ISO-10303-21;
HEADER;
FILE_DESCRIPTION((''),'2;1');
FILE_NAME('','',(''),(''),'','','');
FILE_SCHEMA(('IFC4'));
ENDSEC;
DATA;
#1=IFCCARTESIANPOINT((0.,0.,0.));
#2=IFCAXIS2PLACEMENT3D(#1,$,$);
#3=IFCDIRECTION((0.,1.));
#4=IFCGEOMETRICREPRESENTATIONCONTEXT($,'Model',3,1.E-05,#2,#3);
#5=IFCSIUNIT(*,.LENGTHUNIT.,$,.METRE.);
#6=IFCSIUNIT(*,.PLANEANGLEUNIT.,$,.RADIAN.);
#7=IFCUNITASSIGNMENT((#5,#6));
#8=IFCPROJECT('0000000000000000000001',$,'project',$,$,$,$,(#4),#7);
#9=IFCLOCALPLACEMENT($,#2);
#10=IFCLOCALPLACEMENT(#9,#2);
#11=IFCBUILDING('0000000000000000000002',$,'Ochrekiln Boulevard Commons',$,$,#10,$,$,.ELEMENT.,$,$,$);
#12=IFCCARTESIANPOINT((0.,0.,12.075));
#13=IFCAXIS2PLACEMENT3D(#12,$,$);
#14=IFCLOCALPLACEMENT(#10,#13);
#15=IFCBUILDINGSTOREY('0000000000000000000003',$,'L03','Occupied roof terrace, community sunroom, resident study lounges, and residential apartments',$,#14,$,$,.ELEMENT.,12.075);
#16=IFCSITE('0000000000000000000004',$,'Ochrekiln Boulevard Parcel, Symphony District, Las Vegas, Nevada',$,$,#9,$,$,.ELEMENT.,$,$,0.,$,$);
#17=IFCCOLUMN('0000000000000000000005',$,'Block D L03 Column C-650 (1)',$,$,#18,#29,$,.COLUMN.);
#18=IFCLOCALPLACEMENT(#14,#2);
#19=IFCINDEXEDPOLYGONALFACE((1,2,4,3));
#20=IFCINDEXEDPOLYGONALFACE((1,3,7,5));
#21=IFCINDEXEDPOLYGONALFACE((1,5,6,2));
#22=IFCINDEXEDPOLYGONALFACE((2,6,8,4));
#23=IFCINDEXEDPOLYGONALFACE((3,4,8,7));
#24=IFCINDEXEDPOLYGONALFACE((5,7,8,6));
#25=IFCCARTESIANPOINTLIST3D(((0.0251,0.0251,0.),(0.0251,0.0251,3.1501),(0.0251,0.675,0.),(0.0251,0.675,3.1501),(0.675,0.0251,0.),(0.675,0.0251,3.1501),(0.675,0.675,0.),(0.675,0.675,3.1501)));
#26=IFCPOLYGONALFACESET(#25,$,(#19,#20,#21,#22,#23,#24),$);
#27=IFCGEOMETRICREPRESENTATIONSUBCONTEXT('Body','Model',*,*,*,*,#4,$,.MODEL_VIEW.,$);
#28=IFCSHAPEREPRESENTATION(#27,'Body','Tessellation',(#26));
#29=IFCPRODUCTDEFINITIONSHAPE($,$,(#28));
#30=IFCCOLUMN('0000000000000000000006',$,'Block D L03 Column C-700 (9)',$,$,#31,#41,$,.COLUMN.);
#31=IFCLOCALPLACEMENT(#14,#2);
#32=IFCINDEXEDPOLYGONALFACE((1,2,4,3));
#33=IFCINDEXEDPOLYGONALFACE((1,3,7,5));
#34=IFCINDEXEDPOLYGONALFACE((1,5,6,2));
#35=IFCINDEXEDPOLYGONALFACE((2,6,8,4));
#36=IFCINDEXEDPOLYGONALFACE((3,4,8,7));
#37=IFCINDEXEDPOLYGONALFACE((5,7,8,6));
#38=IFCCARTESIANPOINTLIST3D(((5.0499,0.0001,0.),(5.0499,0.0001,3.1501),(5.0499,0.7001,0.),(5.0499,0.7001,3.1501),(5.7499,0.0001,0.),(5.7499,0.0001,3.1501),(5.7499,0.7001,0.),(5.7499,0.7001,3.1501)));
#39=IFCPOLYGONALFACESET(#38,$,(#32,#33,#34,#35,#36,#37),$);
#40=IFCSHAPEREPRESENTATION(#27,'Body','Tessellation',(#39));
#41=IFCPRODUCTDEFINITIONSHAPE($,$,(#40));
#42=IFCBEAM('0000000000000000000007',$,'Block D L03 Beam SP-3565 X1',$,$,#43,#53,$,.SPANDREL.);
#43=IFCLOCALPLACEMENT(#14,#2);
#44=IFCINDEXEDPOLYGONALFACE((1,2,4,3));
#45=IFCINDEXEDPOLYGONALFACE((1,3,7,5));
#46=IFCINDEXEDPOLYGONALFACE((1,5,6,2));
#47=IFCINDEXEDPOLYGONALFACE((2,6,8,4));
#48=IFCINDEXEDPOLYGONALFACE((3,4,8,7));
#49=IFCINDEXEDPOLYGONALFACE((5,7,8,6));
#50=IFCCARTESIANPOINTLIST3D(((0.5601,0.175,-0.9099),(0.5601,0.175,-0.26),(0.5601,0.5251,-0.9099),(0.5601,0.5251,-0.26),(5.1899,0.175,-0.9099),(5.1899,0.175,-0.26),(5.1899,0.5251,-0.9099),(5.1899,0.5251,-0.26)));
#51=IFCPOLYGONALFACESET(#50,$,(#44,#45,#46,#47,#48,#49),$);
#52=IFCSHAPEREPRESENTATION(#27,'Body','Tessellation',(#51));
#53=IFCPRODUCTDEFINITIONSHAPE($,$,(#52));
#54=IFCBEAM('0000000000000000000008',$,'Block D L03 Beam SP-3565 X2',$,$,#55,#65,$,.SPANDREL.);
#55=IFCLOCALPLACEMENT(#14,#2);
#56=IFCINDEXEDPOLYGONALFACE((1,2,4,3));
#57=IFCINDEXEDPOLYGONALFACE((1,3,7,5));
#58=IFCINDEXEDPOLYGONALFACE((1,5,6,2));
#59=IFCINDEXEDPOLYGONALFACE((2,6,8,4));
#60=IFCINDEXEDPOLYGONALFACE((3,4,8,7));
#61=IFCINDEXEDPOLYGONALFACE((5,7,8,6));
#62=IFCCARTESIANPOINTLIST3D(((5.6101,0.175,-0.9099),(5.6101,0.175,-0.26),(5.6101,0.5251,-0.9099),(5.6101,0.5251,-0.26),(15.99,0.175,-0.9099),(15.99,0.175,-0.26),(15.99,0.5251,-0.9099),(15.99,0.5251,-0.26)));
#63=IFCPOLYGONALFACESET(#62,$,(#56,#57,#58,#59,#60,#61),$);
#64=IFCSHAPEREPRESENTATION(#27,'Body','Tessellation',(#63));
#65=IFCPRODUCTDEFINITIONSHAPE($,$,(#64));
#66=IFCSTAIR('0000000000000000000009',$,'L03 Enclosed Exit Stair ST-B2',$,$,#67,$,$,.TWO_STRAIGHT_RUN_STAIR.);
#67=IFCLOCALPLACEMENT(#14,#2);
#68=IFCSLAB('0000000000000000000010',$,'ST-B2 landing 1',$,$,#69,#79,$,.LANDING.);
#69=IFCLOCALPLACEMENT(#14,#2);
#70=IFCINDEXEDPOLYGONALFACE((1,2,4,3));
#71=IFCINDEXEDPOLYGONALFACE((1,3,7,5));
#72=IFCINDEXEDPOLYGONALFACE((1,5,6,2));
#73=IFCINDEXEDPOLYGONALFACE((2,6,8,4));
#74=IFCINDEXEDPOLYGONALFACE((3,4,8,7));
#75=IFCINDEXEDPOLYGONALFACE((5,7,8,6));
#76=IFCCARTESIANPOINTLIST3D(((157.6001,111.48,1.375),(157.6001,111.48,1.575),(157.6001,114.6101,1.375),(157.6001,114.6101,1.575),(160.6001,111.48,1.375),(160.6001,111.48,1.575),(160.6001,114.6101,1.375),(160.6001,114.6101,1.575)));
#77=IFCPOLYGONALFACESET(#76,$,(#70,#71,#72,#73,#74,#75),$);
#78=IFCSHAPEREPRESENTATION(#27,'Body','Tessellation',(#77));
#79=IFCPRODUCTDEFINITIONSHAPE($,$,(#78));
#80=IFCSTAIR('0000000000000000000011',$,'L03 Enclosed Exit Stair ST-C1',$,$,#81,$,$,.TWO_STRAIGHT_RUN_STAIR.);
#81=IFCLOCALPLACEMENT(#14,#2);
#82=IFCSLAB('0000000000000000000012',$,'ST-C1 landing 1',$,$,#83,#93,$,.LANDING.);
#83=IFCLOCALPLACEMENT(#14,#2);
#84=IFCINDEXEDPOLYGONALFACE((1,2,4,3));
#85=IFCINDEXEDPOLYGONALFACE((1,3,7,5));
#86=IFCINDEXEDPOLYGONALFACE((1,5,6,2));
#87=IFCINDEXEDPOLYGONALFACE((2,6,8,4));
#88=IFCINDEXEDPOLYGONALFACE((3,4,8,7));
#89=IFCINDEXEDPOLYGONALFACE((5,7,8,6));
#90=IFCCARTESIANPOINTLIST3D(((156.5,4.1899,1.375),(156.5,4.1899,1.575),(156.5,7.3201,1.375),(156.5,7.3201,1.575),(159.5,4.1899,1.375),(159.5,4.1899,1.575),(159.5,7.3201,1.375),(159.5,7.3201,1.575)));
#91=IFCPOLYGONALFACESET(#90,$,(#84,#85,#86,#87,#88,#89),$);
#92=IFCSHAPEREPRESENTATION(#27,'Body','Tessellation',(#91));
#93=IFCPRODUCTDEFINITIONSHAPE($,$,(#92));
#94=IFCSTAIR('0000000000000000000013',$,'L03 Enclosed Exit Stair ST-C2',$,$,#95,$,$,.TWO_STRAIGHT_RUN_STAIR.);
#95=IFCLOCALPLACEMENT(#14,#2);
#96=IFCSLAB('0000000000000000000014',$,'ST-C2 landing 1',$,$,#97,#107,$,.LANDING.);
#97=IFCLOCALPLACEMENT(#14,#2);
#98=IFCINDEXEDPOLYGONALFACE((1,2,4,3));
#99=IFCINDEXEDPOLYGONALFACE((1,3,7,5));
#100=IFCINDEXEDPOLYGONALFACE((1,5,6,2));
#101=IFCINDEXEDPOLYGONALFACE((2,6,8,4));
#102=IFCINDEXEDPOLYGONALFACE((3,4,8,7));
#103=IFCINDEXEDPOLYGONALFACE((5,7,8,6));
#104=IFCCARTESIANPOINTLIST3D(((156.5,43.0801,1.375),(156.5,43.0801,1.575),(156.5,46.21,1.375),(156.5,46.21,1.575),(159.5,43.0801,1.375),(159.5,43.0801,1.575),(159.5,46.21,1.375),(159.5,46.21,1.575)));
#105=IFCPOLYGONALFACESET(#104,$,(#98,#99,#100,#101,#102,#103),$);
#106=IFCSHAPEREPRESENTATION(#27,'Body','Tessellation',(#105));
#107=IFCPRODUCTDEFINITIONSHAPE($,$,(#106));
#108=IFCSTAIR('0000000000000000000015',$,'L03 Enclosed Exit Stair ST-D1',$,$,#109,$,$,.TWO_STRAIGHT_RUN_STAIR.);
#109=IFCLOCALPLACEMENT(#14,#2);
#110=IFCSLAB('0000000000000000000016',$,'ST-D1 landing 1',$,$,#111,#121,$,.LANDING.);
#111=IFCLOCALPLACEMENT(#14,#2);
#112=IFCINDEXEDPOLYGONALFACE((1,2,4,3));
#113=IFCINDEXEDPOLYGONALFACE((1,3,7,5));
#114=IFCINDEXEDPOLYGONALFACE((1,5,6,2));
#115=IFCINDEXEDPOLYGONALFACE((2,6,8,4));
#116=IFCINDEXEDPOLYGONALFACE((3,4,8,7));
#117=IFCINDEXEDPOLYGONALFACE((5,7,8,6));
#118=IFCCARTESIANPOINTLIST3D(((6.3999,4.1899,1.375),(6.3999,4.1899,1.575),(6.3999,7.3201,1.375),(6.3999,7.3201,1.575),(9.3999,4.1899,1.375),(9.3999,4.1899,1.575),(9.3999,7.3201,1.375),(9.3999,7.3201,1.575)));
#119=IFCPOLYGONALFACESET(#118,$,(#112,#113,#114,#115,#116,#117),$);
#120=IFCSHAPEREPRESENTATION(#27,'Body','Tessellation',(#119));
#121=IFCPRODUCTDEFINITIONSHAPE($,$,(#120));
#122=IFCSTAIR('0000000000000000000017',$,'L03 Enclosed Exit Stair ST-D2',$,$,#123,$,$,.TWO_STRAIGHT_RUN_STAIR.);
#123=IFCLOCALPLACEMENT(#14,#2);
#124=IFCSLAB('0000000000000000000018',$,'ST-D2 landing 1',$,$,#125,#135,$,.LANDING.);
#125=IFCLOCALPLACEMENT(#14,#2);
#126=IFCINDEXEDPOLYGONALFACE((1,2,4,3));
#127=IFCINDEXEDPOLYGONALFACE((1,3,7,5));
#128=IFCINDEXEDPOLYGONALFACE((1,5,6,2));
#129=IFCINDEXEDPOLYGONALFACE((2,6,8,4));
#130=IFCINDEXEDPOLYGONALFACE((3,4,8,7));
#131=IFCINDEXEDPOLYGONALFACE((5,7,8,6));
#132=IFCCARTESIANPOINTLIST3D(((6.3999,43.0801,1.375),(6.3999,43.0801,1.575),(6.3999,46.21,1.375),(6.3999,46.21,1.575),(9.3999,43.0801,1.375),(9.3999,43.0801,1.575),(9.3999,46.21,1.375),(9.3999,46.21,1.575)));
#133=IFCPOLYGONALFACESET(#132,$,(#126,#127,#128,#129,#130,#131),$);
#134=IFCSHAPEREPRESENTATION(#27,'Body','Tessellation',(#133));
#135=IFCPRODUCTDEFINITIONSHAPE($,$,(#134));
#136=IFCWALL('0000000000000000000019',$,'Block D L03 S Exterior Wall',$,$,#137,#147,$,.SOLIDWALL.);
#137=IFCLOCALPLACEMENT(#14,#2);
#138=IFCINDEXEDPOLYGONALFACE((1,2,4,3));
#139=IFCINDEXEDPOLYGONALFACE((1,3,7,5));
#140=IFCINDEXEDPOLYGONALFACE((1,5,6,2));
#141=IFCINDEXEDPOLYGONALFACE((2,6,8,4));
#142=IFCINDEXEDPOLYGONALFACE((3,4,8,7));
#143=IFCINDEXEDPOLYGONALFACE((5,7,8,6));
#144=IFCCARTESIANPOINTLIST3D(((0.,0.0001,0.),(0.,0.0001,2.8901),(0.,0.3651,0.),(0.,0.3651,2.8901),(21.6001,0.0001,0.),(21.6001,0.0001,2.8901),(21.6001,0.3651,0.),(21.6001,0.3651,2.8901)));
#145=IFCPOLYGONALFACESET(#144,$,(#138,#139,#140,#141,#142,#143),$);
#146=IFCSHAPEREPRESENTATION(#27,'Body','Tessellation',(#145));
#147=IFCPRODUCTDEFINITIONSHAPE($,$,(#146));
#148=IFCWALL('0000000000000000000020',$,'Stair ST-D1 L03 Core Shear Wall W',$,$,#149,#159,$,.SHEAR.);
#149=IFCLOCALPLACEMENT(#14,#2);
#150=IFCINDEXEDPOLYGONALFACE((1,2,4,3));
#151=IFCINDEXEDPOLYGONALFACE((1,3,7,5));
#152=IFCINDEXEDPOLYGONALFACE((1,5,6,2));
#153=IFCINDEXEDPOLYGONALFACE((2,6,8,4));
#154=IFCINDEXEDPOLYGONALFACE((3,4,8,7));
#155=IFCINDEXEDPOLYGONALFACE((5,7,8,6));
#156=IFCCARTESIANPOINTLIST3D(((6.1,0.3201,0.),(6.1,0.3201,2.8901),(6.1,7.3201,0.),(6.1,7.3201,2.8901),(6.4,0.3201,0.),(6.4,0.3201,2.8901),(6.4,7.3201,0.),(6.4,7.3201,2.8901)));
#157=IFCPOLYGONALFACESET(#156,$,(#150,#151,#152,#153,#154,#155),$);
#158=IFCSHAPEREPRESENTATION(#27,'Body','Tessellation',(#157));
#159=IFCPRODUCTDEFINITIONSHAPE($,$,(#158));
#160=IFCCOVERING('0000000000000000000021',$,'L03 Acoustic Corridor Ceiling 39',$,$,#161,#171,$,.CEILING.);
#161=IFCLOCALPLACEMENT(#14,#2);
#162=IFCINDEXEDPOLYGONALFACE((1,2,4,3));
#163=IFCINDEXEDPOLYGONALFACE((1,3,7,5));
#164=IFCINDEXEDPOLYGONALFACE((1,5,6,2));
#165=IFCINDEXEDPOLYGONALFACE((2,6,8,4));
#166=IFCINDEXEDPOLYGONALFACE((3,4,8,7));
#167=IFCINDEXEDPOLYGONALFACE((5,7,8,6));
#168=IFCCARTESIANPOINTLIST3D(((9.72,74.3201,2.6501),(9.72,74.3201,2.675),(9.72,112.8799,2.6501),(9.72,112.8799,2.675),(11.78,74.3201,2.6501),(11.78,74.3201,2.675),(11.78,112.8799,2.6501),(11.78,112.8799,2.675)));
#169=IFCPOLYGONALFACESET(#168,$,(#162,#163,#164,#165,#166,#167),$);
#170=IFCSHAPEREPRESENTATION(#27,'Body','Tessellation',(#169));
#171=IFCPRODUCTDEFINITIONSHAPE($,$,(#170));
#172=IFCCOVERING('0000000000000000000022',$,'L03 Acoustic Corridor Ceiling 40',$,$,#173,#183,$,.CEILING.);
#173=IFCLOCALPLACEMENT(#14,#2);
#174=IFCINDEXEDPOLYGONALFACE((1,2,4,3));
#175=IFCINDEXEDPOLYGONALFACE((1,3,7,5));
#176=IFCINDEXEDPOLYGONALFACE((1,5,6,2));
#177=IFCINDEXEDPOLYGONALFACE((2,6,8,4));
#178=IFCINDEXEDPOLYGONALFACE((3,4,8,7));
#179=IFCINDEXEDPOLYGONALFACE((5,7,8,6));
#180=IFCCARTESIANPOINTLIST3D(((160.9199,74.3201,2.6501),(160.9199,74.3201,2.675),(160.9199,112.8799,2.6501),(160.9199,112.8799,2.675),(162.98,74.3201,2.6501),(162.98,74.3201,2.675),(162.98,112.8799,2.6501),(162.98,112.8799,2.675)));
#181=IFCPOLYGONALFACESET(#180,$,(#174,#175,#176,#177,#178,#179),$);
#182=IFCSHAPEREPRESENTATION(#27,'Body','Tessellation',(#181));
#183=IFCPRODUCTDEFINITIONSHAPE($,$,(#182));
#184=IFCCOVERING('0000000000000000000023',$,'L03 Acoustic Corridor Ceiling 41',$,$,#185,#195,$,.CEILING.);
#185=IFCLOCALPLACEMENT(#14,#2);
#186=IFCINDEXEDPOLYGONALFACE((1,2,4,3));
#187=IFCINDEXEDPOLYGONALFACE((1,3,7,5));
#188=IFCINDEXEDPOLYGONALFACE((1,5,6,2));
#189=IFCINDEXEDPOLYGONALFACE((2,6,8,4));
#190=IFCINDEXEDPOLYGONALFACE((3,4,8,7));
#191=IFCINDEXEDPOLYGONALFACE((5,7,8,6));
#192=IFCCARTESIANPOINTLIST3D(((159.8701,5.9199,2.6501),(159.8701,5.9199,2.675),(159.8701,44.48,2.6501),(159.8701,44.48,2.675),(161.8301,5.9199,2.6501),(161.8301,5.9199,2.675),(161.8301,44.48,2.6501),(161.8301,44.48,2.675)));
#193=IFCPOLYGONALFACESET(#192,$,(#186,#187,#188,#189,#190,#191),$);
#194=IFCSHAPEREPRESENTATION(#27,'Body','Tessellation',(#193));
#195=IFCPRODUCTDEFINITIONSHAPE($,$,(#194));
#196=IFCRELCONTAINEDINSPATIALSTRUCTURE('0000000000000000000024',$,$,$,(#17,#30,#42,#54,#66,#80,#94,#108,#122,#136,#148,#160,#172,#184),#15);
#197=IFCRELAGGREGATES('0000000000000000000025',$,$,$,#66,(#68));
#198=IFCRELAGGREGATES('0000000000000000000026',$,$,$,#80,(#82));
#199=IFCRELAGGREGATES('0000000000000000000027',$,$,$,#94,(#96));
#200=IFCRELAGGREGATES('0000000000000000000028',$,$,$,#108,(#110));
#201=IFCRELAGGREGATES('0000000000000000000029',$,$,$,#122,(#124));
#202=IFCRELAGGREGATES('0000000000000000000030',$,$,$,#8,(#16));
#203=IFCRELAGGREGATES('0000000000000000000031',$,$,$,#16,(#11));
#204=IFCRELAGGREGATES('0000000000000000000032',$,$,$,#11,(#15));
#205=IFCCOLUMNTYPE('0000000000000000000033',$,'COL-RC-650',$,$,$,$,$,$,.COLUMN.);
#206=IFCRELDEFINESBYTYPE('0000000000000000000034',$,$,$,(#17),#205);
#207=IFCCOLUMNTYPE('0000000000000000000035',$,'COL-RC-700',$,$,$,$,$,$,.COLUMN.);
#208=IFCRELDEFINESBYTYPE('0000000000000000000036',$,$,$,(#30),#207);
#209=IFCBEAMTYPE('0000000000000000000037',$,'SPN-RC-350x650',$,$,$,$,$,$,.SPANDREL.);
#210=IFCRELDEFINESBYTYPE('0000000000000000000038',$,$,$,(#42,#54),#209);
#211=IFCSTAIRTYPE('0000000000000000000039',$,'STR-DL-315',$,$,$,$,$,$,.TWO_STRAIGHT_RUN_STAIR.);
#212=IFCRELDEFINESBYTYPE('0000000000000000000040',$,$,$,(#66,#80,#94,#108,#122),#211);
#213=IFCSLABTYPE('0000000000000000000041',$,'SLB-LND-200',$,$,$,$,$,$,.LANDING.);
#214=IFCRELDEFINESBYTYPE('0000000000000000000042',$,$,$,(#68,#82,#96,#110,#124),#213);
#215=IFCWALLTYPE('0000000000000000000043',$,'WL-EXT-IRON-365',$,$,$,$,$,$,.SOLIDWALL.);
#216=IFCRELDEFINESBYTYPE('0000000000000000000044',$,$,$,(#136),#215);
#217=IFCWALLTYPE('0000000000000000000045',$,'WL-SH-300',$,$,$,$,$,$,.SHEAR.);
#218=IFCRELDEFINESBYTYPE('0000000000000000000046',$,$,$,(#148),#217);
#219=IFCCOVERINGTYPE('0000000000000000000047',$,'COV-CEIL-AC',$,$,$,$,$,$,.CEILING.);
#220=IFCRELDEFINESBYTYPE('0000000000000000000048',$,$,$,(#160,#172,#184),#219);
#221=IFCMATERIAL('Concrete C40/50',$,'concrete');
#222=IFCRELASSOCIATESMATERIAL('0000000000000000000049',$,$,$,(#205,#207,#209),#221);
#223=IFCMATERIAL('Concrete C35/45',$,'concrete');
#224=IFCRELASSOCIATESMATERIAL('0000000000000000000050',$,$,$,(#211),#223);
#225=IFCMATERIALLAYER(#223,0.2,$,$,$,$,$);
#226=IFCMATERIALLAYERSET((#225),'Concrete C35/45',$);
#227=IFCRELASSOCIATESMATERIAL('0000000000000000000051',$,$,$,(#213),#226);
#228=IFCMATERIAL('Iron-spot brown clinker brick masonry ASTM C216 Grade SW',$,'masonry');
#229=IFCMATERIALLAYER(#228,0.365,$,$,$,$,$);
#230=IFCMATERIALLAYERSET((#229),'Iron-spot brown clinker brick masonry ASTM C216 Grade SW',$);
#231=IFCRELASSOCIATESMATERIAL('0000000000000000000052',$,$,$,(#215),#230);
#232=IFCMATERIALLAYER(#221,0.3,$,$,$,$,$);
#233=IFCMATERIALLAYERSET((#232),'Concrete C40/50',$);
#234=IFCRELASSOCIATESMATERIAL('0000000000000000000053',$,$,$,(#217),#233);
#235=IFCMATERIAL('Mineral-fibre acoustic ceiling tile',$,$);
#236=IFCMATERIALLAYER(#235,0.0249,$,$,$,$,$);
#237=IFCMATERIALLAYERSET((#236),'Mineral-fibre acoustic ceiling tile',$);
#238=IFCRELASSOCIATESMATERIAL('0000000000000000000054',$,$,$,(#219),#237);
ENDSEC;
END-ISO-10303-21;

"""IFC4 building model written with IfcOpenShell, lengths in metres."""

from ifc_helpers import new_model, si_unit, direction, frame, frame_2d, origin, origin_2d, place, context, subcontext, project, spatial, polyline, rectangle, outline, extrude, material, layer, layer_set, material_profile, profile_set, type_object, element, aggregate, save


model = new_model("IFC4")

# Units and contexts
model_context = context("Model", 3, precision=1e-05, world=origin(), true_north=direction((0.0, 1.0)))
body_context = subcontext(model_context, "Body", "Model", "MODEL_VIEW")
ifc_project = project(units=[si_unit("LENGTHUNIT", "METRE"), si_unit("PLANEANGLEUNIT", "RADIAN")], contexts=[model_context])

# Site, building, storey
site_placement = place(None, origin())
site = spatial("IfcSite", under=ifc_project, at=site_placement, Name="Ochrekiln Boulevard Parcel, Symphony District, Las Vegas, Nevada", CompositionType="ELEMENT", RefElevation=0.0)
building_placement = place(site_placement, origin())
building = spatial("IfcBuilding", under=site, at=building_placement, Name="Ochrekiln Boulevard Commons", CompositionType="ELEMENT")
storey_placement = place(building_placement, frame((0.0, 0.0, 12.075)))
storey = spatial("IfcBuildingStorey", under=building, at=storey_placement, Name="L03", Description="Occupied roof terrace, community sunroom, resident study lounges, and residential apartments", CompositionType="ELEMENT", Elevation=12.075)

# Columns
ifc_material_1 = material(Name="Concrete C40/50", Category="concrete")
ifc_material_profile_1 = material_profile(ifc_material_1, rectangle(XDim=0.6499, YDim=0.6499, at=origin_2d()), Name="RC-COL-650x650")
ifc_profile_set_1 = profile_set([ifc_material_profile_1], Name="Concrete C40/50")
column_type_1 = type_object("IfcColumnType", Name="COL-RC-650", PredefinedType="COLUMN", material=ifc_profile_set_1)
column_1_placement = place(storey_placement, frame((0.3501, 0.3501, 0.0), z_axis=(0.0, 0.0, 1.0), x_axis=(1.0, 0.0, 0.0)))
element("IfcColumn", 1, at=column_1_placement, inside=storey, type_object=column_type_1, Name="Block D L03 Column C-650 (1)", PredefinedType="COLUMN", context=body_context, shape_type="SweptSolid", body=[
    extrude(rectangle(XDim=0.6499, YDim=0.6499, at=origin_2d()), origin(), (0.0, 0.0, 1.0), 3.1501),
])
ifc_material_profile_2 = material_profile(ifc_material_1, rectangle(XDim=0.7, YDim=0.7, at=origin_2d()), Name="RC-COL-700x700")
ifc_profile_set_2 = profile_set([ifc_material_profile_2], Name="Concrete C40/50")
column_type_2 = type_object("IfcColumnType", Name="COL-RC-700", PredefinedType="COLUMN", material=ifc_profile_set_2)
column_2_placement = place(storey_placement, frame((5.3999, 0.3501, 0.0), z_axis=(0.0, 0.0, 1.0), x_axis=(1.0, 0.0, 0.0)))
element("IfcColumn", 2, at=column_2_placement, inside=storey, type_object=column_type_2, Name="Block D L03 Column C-700 (9)", PredefinedType="COLUMN", context=body_context, shape_type="SweptSolid", body=[
    extrude(rectangle(XDim=0.7, YDim=0.7, at=origin_2d()), origin(), (0.0, 0.0, 1.0), 3.1501),
])

# Beams
ifc_material_profile_3 = material_profile(ifc_material_1, rectangle(XDim=0.3501, YDim=0.6499, at=origin_2d()), Name="RC-SPN-350x650")
ifc_profile_set_3 = profile_set([ifc_material_profile_3], Name="Concrete C40/50")
beam_type = type_object("IfcBeamType", Name="SPN-RC-350x650", PredefinedType="SPANDREL", material=ifc_profile_set_3)
beam_1_placement = place(storey_placement, frame((0.5601, 0.3501, -0.585), z_axis=(1.0, 0.0, 0.0), x_axis=(0.0, 1.0, 0.0)))
element("IfcBeam", 3, at=beam_1_placement, inside=storey, type_object=beam_type, Name="Block D L03 Beam SP-3565 X1", PredefinedType="SPANDREL", context=body_context, shape_type="SweptSolid", body=[
    extrude(rectangle(XDim=0.3501, YDim=0.6499, at=origin_2d()), origin(), (0.0, 0.0, 1.0), 4.6299),
])
beam_2_placement = place(storey_placement, frame((5.6101, 0.3501, -0.585), z_axis=(1.0, 0.0, 0.0), x_axis=(0.0, 1.0, 0.0)))
element("IfcBeam", 4, at=beam_2_placement, inside=storey, type_object=beam_type, Name="Block D L03 Beam SP-3565 X2", PredefinedType="SPANDREL", context=body_context, shape_type="SweptSolid", body=[
    extrude(rectangle(XDim=0.3501, YDim=0.6499, at=origin_2d()), origin(), (0.0, 0.0, 1.0), 10.3799),
])

# Stairs, slabs
ifc_material_2 = material(Name="Concrete C35/45", Category="concrete")
stair_type = type_object("IfcStairType", Name="STR-DL-315", PredefinedType="TWO_STRAIGHT_RUN_STAIR", material=ifc_material_2)
stair_1_placement = place(storey_placement, origin())
stair_1 = element("IfcStair", 5, at=stair_1_placement, inside=storey, type_object=stair_type, Name="L03 Enclosed Exit Stair ST-B2", PredefinedType="TWO_STRAIGHT_RUN_STAIR")
ifc_layer_1 = layer(ifc_material_2, 0.2)
ifc_layer_set_1 = layer_set([ifc_layer_1], Name="Concrete C35/45")
slab_type = type_object("IfcSlabType", Name="SLB-LND-200", PredefinedType="LANDING", material=ifc_layer_set_1)
slab_1_placement = place(storey_placement, frame((0.0, 0.0, 1.375)))
slab_1 = element("IfcSlab", 6, at=slab_1_placement, type_object=slab_type, Name="ST-B2 landing 1", PredefinedType="LANDING", context=body_context, shape_type="SweptSolid", body=[
    extrude(outline(polyline([(157.6001, 114.6101), (157.6001, 111.48), (160.6001, 111.48), (160.6001, 114.6101), (157.6001, 114.6101)])), origin(), (0.0, 0.0, 1.0), 0.2),
])
aggregate(stair_1, [slab_1])
stair_2_placement = place(storey_placement, origin())
stair_2 = element("IfcStair", 7, at=stair_2_placement, inside=storey, type_object=stair_type, Name="L03 Enclosed Exit Stair ST-C1", PredefinedType="TWO_STRAIGHT_RUN_STAIR")
slab_2_placement = place(storey_placement, frame((0.0, 0.0, 1.375)))
slab_2 = element("IfcSlab", 8, at=slab_2_placement, type_object=slab_type, Name="ST-C1 landing 1", PredefinedType="LANDING", context=body_context, shape_type="SweptSolid", body=[
    extrude(outline(polyline([(159.5, 4.1899), (159.5, 7.3201), (156.5, 7.3201), (156.5, 4.1899), (159.5, 4.1899)])), origin(), (0.0, 0.0, 1.0), 0.2),
])
aggregate(stair_2, [slab_2])
stair_3_placement = place(storey_placement, origin())
stair_3 = element("IfcStair", 9, at=stair_3_placement, inside=storey, type_object=stair_type, Name="L03 Enclosed Exit Stair ST-C2", PredefinedType="TWO_STRAIGHT_RUN_STAIR")
slab_3_placement = place(storey_placement, frame((0.0, 0.0, 1.375)))
slab_3 = element("IfcSlab", 10, at=slab_3_placement, type_object=slab_type, Name="ST-C2 landing 1", PredefinedType="LANDING", context=body_context, shape_type="SweptSolid", body=[
    extrude(outline(polyline([(156.5, 46.21), (156.5, 43.0801), (159.5, 43.0801), (159.5, 46.21), (156.5, 46.21)])), origin(), (0.0, 0.0, 1.0), 0.2),
])
aggregate(stair_3, [slab_3])
stair_4_placement = place(storey_placement, origin())
stair_4 = element("IfcStair", 11, at=stair_4_placement, inside=storey, type_object=stair_type, Name="L03 Enclosed Exit Stair ST-D1", PredefinedType="TWO_STRAIGHT_RUN_STAIR")
slab_4_placement = place(storey_placement, frame((0.0, 0.0, 1.375)))
slab_4 = element("IfcSlab", 12, at=slab_4_placement, type_object=slab_type, Name="ST-D1 landing 1", PredefinedType="LANDING", context=body_context, shape_type="SweptSolid", body=[
    extrude(outline(polyline([(9.3999, 4.1899), (9.3999, 7.3201), (6.3999, 7.3201), (6.3999, 4.1899), (9.3999, 4.1899)])), origin(), (0.0, 0.0, 1.0), 0.2),
])
aggregate(stair_4, [slab_4])
stair_5_placement = place(storey_placement, origin())
stair_5 = element("IfcStair", 13, at=stair_5_placement, inside=storey, type_object=stair_type, Name="L03 Enclosed Exit Stair ST-D2", PredefinedType="TWO_STRAIGHT_RUN_STAIR")
slab_5_placement = place(storey_placement, frame((0.0, 0.0, 1.375)))
slab_5 = element("IfcSlab", 14, at=slab_5_placement, type_object=slab_type, Name="ST-D2 landing 1", PredefinedType="LANDING", context=body_context, shape_type="SweptSolid", body=[
    extrude(outline(polyline([(6.3999, 46.21), (6.3999, 43.0801), (9.3999, 43.0801), (9.3999, 46.21), (6.3999, 46.21)])), origin(), (0.0, 0.0, 1.0), 0.2),
])
aggregate(stair_5, [slab_5])

# Walls
ifc_material_3 = material(Name="Iron-spot brown clinker brick masonry ASTM C216 Grade SW", Category="masonry")
ifc_layer_2 = layer(ifc_material_3, 0.365)
ifc_layer_set_2 = layer_set([ifc_layer_2], Name="Iron-spot brown clinker brick masonry ASTM C216 Grade SW")
wall_type_1 = type_object("IfcWallType", Name="WL-EXT-IRON-365", PredefinedType="SOLIDWALL", material=ifc_layer_set_2)
wall_1_placement = place(storey_placement, frame((0.0, 0.1826, 0.0), z_axis=(0.0, 0.0, 1.0), x_axis=(1.0, 0.0, 0.0)))
element("IfcWall", 15, at=wall_1_placement, inside=storey, type_object=wall_type_1, Name="Block D L03 S Exterior Wall", PredefinedType="SOLIDWALL", context=body_context, shape_type="SweptSolid", body=[
    extrude(rectangle(XDim=21.6001, YDim=0.365, at=frame_2d((10.8, 0.0))), origin(), (0.0, 0.0, 1.0), 2.8901),
])
ifc_layer_3 = layer(ifc_material_1, 0.3)
ifc_layer_set_3 = layer_set([ifc_layer_3], Name="Concrete C40/50")
wall_type_2 = type_object("IfcWallType", Name="WL-SH-300", PredefinedType="SHEAR", material=ifc_layer_set_3)
wall_2_placement = place(storey_placement, frame((6.25, 0.3201, 0.0), z_axis=(0.0, 0.0, 1.0), x_axis=(0.0, 1.0, 0.0)))
element("IfcWall", 16, at=wall_2_placement, inside=storey, type_object=wall_type_2, Name="Stair ST-D1 L03 Core Shear Wall W", PredefinedType="SHEAR", context=body_context, shape_type="SweptSolid", body=[
    extrude(rectangle(XDim=7.0, YDim=0.3, at=frame_2d((3.5, 0.0))), origin(), (0.0, 0.0, 1.0), 2.8901),
])

# Coverings
ifc_material_4 = material(Name="Mineral-fibre acoustic ceiling tile")
ifc_layer_4 = layer(ifc_material_4, 0.0249)
ifc_layer_set_4 = layer_set([ifc_layer_4], Name="Mineral-fibre acoustic ceiling tile")
covering_type = type_object("IfcCoveringType", Name="COV-CEIL-AC", PredefinedType="CEILING", material=ifc_layer_set_4)
covering_1_placement = place(storey_placement, frame((0.0, 0.0, 2.6501)))
element("IfcCovering", 17, at=covering_1_placement, inside=storey, type_object=covering_type, Name="L03 Acoustic Corridor Ceiling 39", PredefinedType="CEILING", context=body_context, shape_type="SweptSolid", body=[
    extrude(outline(polyline([(9.72, 74.3201), (11.78, 74.3201), (11.78, 112.8799), (9.72, 112.8799), (9.72, 74.3201)])), origin(), (0.0, 0.0, 1.0), 0.0249),
])
covering_2_placement = place(storey_placement, frame((0.0, 0.0, 2.6501)))
element("IfcCovering", 18, at=covering_2_placement, inside=storey, type_object=covering_type, Name="L03 Acoustic Corridor Ceiling 40", PredefinedType="CEILING", context=body_context, shape_type="SweptSolid", body=[
    extrude(outline(polyline([(160.9199, 74.3201), (162.98, 74.3201), (162.98, 112.8799), (160.9199, 112.8799), (160.9199, 74.3201)])), origin(), (0.0, 0.0, 1.0), 0.0249),
])
covering_3_placement = place(storey_placement, frame((0.0, 0.0, 2.6501)))
element("IfcCovering", 19, at=covering_3_placement, inside=storey, type_object=covering_type, Name="L03 Acoustic Corridor Ceiling 41", PredefinedType="CEILING", context=body_context, shape_type="SweptSolid", body=[
    extrude(outline(polyline([(159.8701, 5.9199), (161.8301, 5.9199), (161.8301, 44.48), (159.8701, 44.48), (159.8701, 5.9199)])), origin(), (0.0, 0.0, 1.0), 0.0249),
])

save(model, "model.ifc")
